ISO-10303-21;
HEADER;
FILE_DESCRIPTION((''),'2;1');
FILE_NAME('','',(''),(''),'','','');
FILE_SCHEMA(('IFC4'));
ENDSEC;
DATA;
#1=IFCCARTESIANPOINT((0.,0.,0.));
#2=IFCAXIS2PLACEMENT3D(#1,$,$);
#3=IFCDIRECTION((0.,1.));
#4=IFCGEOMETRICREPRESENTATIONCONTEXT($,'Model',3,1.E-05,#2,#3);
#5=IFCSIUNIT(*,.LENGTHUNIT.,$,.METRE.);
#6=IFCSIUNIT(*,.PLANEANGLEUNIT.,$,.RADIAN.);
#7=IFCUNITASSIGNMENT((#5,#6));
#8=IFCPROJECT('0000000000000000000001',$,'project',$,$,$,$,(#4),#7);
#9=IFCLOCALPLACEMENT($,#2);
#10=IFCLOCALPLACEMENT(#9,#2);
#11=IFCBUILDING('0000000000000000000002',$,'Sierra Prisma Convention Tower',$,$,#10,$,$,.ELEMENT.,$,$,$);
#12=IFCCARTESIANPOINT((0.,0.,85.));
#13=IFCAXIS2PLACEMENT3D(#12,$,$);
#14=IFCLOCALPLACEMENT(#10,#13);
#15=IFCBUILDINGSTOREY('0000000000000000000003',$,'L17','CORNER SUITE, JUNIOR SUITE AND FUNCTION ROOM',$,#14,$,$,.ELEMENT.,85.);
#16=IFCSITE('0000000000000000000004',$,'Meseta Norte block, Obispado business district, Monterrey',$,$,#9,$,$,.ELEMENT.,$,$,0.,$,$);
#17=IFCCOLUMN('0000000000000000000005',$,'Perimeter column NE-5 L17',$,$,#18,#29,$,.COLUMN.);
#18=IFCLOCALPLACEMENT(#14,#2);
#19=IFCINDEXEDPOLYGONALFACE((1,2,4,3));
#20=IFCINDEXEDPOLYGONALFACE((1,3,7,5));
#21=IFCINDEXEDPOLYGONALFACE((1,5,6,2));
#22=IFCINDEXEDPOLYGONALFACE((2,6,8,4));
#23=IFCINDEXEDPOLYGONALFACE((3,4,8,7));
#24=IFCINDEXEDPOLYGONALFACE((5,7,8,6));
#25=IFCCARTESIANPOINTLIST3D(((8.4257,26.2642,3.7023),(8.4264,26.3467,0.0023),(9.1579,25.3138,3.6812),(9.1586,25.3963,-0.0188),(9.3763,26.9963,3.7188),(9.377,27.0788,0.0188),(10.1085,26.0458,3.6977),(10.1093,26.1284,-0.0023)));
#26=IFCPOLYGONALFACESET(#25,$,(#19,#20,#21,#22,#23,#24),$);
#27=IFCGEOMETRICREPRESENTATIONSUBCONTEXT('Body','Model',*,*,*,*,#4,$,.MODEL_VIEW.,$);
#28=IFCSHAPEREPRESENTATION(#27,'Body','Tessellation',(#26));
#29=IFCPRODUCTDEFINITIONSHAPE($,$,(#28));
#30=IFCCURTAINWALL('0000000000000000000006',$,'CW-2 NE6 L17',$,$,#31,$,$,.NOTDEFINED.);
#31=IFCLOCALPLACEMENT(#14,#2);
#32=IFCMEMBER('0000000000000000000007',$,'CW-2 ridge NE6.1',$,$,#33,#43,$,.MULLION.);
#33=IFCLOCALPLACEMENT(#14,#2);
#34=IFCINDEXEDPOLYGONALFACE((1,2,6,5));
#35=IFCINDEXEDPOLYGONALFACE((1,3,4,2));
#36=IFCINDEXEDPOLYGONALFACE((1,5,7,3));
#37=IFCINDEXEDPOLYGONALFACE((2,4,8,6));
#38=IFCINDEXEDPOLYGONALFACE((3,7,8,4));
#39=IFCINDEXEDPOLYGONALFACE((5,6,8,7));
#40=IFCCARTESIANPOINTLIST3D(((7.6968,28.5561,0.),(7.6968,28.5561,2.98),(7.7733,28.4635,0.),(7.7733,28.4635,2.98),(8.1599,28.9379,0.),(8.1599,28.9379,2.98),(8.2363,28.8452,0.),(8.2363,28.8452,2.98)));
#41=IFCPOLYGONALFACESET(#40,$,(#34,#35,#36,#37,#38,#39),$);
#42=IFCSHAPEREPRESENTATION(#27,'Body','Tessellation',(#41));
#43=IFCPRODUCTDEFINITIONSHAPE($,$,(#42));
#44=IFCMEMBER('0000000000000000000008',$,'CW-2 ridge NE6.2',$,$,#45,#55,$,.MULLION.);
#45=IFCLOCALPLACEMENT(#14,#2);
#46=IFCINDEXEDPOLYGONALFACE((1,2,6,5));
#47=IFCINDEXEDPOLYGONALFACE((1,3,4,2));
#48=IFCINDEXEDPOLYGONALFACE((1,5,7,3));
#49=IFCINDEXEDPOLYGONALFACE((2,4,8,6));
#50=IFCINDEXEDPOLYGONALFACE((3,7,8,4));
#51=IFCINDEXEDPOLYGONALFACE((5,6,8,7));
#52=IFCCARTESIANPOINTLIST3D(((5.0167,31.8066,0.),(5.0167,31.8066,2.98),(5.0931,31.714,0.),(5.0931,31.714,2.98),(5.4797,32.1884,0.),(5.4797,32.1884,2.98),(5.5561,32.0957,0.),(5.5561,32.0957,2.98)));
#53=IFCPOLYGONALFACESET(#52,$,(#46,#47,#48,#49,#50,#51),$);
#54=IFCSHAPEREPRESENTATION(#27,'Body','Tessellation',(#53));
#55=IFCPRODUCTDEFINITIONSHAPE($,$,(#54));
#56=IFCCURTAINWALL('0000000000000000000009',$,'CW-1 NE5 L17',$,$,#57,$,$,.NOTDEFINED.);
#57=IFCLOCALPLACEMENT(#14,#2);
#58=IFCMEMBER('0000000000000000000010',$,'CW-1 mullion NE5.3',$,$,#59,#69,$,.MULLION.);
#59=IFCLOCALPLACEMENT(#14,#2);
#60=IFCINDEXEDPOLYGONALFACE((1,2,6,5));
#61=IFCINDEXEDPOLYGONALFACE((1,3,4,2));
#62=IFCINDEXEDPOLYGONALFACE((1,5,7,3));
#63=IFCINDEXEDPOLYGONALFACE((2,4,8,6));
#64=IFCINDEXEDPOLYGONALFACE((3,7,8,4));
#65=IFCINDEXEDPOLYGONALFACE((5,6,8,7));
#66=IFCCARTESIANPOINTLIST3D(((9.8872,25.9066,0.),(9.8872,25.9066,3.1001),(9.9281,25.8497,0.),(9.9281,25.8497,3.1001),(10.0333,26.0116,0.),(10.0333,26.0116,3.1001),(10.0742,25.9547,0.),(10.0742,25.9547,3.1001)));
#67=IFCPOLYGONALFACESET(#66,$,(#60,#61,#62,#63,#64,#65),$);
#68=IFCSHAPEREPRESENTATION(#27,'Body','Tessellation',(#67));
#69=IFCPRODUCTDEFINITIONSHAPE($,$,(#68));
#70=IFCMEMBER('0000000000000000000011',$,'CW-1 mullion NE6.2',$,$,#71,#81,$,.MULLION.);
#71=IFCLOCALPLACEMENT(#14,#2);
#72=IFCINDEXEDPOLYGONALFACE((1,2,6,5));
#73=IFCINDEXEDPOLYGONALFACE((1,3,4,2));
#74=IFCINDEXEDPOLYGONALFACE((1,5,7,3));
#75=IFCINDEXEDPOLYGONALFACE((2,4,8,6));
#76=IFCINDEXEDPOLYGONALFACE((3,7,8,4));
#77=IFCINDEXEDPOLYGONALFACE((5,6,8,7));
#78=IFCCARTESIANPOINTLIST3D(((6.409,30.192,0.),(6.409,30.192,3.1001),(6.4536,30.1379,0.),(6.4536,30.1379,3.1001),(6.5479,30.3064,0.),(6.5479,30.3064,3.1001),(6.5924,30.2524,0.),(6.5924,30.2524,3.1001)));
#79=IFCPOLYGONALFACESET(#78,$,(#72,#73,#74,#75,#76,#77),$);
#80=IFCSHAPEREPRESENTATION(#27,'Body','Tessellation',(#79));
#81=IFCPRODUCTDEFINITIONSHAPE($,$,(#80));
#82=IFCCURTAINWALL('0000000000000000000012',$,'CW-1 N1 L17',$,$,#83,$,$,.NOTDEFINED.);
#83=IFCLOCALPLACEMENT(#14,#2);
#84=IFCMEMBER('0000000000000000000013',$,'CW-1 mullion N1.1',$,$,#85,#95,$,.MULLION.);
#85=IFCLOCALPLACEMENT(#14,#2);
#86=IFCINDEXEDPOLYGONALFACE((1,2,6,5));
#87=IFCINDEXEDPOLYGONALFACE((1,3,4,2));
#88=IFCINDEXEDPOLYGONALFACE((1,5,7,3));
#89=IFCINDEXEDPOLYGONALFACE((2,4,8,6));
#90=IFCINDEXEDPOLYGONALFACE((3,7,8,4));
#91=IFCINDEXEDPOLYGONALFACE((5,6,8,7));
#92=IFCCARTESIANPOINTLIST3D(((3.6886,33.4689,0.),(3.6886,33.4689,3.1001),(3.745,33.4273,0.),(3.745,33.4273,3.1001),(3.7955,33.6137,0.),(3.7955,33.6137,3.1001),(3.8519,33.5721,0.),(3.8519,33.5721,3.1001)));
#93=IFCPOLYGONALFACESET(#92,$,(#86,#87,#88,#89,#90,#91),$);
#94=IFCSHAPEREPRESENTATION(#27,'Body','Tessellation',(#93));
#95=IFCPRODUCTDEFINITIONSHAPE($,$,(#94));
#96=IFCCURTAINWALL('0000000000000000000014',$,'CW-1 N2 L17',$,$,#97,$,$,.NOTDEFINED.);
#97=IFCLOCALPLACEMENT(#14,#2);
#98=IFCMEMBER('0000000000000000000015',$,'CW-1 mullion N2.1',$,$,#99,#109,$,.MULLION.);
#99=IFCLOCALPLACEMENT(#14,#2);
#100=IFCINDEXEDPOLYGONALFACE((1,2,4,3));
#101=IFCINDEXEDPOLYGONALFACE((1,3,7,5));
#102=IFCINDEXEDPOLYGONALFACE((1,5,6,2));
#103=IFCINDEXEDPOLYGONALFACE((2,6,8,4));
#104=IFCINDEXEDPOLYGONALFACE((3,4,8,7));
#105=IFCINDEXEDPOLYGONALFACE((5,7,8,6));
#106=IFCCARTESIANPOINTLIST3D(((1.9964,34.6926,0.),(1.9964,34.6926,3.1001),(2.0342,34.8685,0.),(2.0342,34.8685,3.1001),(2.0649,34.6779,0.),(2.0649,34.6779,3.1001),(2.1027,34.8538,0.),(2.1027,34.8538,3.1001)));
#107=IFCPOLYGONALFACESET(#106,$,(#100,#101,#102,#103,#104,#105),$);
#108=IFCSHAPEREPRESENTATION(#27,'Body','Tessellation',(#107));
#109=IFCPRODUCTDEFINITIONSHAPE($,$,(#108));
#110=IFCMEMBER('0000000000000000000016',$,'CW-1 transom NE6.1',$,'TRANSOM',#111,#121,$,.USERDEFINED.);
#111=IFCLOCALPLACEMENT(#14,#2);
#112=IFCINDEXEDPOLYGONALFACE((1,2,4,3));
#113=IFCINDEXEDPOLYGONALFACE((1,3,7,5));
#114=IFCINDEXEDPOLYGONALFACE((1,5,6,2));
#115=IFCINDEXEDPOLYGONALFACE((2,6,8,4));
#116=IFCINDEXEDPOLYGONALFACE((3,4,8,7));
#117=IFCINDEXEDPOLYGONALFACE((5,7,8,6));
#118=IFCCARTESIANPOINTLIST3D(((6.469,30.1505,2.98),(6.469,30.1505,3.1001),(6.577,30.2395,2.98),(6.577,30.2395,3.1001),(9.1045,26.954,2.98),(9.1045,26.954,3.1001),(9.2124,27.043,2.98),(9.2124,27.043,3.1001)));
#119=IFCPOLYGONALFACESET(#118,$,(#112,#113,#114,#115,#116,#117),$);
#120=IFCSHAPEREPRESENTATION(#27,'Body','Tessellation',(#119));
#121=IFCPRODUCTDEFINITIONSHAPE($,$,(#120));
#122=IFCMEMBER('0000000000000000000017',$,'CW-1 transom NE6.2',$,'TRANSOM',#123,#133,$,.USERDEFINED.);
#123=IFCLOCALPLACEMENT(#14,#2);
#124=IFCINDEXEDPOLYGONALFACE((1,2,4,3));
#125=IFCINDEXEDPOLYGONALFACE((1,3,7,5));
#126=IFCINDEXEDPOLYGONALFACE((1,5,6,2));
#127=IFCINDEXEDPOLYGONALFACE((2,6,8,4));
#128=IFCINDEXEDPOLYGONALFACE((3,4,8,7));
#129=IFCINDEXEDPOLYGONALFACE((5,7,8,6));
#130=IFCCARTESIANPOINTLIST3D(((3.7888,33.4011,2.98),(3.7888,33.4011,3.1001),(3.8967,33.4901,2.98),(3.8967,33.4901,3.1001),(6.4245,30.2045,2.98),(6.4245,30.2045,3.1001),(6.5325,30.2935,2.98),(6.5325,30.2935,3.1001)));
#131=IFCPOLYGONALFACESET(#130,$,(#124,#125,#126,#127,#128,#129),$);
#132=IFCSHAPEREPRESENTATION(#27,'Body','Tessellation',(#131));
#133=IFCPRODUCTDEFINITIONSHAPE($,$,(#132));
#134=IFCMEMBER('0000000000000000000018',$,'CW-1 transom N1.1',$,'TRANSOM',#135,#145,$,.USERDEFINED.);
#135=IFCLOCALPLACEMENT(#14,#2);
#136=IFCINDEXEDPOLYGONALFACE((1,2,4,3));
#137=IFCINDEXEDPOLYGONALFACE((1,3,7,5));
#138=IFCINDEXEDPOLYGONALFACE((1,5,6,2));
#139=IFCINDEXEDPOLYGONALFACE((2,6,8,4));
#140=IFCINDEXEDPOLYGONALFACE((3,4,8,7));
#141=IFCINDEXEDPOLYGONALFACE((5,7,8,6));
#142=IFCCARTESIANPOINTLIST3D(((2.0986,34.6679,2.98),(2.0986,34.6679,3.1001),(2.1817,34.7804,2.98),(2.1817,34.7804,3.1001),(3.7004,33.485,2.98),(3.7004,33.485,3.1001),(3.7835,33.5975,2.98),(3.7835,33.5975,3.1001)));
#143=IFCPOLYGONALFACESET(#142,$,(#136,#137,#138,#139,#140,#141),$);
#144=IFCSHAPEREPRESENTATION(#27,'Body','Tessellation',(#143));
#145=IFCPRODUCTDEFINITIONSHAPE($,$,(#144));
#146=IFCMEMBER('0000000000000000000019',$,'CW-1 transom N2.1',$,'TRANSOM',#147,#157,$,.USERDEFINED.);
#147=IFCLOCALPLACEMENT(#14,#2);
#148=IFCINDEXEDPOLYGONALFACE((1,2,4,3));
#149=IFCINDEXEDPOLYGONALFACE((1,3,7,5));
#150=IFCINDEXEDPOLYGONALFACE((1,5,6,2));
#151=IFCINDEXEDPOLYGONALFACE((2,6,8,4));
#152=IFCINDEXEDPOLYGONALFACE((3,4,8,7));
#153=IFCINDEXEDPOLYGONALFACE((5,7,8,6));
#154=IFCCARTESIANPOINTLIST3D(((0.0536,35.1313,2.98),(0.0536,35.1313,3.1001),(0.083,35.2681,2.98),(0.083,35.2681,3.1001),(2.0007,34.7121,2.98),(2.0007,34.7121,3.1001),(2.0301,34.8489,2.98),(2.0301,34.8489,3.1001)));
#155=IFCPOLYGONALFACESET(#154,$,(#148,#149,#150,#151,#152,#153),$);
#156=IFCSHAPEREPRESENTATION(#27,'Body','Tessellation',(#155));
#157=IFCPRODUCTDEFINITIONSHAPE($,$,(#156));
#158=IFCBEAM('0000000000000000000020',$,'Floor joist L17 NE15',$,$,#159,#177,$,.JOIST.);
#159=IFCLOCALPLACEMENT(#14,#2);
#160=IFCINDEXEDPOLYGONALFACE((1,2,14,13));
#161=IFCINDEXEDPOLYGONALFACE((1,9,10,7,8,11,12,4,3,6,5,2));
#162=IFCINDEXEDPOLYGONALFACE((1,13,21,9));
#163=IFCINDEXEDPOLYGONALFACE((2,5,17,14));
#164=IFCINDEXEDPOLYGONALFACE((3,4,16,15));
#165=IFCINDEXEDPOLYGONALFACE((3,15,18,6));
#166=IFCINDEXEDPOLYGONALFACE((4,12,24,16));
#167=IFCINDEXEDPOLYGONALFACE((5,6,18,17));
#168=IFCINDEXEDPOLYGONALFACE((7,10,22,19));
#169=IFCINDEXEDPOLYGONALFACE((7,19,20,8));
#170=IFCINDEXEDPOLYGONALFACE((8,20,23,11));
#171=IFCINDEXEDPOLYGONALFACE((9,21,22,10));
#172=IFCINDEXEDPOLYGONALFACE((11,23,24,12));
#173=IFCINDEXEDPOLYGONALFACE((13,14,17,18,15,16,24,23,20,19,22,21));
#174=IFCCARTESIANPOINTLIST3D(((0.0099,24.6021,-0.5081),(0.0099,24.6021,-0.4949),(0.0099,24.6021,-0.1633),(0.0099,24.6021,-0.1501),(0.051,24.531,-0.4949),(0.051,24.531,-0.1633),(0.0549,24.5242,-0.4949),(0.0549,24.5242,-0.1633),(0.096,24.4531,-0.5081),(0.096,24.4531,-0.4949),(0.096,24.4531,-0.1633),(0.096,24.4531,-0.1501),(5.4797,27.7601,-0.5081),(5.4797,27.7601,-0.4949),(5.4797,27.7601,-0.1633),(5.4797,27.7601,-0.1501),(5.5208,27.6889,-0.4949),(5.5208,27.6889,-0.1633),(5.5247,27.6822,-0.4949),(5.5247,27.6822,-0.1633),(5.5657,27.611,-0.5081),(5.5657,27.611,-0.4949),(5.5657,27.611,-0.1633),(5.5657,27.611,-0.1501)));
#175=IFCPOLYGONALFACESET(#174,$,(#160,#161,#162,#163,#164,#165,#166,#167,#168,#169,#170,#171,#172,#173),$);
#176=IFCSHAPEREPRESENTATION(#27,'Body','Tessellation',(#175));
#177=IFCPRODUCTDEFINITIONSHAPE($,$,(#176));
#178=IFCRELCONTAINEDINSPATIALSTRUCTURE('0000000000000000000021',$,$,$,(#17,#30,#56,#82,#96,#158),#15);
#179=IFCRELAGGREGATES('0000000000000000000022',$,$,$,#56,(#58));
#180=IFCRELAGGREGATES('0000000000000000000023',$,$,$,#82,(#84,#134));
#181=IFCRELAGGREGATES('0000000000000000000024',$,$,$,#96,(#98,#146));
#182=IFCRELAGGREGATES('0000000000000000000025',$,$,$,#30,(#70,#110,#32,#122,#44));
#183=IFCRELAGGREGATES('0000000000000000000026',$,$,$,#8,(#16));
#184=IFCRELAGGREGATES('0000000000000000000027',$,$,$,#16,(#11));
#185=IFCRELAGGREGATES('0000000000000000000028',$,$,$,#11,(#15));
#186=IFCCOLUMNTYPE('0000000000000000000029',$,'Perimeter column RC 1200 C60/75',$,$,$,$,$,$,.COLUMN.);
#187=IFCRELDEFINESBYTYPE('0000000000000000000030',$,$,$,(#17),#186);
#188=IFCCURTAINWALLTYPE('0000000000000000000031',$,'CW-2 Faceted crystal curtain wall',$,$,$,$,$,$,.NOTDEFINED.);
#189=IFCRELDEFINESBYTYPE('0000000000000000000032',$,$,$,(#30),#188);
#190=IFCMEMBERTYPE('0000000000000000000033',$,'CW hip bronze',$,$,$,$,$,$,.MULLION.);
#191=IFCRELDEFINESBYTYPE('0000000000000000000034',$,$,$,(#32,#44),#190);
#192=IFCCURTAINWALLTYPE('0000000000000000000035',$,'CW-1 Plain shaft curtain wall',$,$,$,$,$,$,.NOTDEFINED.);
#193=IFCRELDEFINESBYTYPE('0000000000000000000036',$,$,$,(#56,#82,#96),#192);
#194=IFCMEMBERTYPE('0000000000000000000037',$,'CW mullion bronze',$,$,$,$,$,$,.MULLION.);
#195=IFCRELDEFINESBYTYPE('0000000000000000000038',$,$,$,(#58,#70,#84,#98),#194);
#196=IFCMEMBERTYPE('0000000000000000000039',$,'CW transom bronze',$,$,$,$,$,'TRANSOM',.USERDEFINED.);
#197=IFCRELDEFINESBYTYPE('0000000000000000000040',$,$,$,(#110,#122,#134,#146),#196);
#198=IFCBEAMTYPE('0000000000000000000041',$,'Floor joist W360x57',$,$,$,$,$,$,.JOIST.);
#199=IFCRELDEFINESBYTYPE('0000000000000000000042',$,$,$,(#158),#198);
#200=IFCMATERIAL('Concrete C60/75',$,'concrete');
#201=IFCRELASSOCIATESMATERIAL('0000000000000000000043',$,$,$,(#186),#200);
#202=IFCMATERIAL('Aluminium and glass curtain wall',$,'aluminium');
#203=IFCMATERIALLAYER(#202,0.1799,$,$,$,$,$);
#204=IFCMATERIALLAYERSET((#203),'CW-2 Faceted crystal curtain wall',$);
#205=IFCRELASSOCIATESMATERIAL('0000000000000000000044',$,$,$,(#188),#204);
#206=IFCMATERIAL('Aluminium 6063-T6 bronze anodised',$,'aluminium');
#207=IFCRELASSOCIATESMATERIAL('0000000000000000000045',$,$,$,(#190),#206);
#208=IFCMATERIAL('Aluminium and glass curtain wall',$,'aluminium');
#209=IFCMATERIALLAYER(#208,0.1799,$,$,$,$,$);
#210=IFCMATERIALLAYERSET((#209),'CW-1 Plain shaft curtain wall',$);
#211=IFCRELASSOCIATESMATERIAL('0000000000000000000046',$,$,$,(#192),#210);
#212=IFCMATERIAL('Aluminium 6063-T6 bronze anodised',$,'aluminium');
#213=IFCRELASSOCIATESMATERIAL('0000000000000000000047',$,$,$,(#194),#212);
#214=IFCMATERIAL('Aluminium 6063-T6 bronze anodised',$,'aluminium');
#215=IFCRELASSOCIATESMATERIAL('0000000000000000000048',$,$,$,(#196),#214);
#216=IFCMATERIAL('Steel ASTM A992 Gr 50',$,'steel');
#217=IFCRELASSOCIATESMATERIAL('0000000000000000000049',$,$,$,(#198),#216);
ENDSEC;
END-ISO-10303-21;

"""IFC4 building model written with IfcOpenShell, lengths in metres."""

from ifc_helpers import new_model, si_unit, direction, frame, origin, origin_2d, place, context, subcontext, project, spatial, rectangle, i_section, extrude, material, layer, layer_set, material_profile, profile_set, type_object, element, aggregate, save


model = new_model("IFC4")

# Units and contexts
model_context = context("Model", 3, precision=1e-05, world=origin(), true_north=direction((0.0, 1.0)))
body_context = subcontext(model_context, "Body", "Model", "MODEL_VIEW")
ifc_project = project(units=[si_unit("LENGTHUNIT", "METRE"), si_unit("PLANEANGLEUNIT", "RADIAN")], contexts=[model_context])

# Site, building, storey
site_placement = place(None, origin())
site = spatial("IfcSite", under=ifc_project, at=site_placement, Name="Meseta Norte block, Obispado business district, Monterrey", CompositionType="ELEMENT", RefElevation=0.0)
building_placement = place(site_placement, origin())
building = spatial("IfcBuilding", under=site, at=building_placement, Name="Sierra Prisma Convention Tower", CompositionType="ELEMENT")
storey_placement = place(building_placement, frame((0.0, 0.0, 85.0)))
storey = spatial("IfcBuildingStorey", under=building, at=storey_placement, Name="L17", Description="CORNER SUITE, JUNIOR SUITE AND FUNCTION ROOM", CompositionType="ELEMENT", Elevation=85.0)

# Column
ifc_material_1 = material(Name="Concrete C60/75", Category="concrete")
ifc_material_profile_1 = material_profile(ifc_material_1, rectangle(XDim=1.2, YDim=1.2, at=origin_2d()), Name="Perimeter column RC 1200 C60/75")
ifc_profile_set_1 = profile_set([ifc_material_profile_1], Name="Concrete C60/75")
column_type = type_object("IfcColumnType", Name="Perimeter column RC 1200 C60/75", PredefinedType="COLUMN", material=ifc_profile_set_1)
column_placement = place(storey_placement, frame((9.2678, 26.2375, 0.0), z_axis=(-0.000198, -0.022297, 0.999751), x_axis=(-0.61021, 0.792045, 0.017544)))
element("IfcColumn", 1, at=column_placement, inside=storey, type_object=column_type, Name="Perimeter column NE-5 L17", PredefinedType="COLUMN", context=body_context, shape_type="SweptSolid", body=[
    extrude(rectangle(XDim=1.2, YDim=1.2, at=origin_2d()), origin(), (0.0, 0.0, 1.0), 3.7009),
])

# Curtain wall, members
ifc_material_2 = material(Name="Aluminium and glass curtain wall", Category="aluminium")
ifc_layer_1 = layer(ifc_material_2, 0.1799)
ifc_layer_set_1 = layer_set([ifc_layer_1], Name="CW-2 Faceted crystal curtain wall")
curtain_wall_type_1 = type_object("IfcCurtainWallType", Name="CW-2 Faceted crystal curtain wall", PredefinedType="NOTDEFINED", material=ifc_layer_set_1)
curtain_wall_1_placement = place(storey_placement, origin())
curtain_wall_1 = element("IfcCurtainWall", 2, at=curtain_wall_1_placement, inside=storey, type_object=curtain_wall_type_1, Name="CW-2 NE6 L17", PredefinedType="NOTDEFINED")
ifc_material_3 = material(Name="Aluminium 6063-T6 bronze anodised", Category="aluminium")
ifc_material_profile_2 = material_profile(ifc_material_3, rectangle(XDim=0.1201, YDim=0.6001, at=origin_2d()), Name="ALU RIDGE BLADE 120x600")
ifc_profile_set_2 = profile_set([ifc_material_profile_2], Name="Aluminium 6063-T6 bronze anodised")
member_type_1 = type_object("IfcMemberType", Name="CW hip bronze", PredefinedType="MULLION", material=ifc_profile_set_2)
member_1_placement = place(storey_placement, frame((7.9666, 28.7007, 0.0), z_axis=(0.0, 0.0, 1.0), x_axis=(-0.636158, 0.771559, 0.0)))
member_1 = element("IfcMember", 3, at=member_1_placement, type_object=member_type_1, Name="CW-2 ridge NE6.1", PredefinedType="MULLION", context=body_context, shape_type="SweptSolid", body=[
    extrude(rectangle(XDim=0.1201, YDim=0.6001, at=origin_2d()), origin(), (0.0, 0.0, 1.0), 2.98),
])
member_2_placement = place(storey_placement, frame((5.2864, 31.9512, 0.0), z_axis=(0.0, 0.0, 1.0), x_axis=(-0.636158, 0.771559, 0.0)))
member_2 = element("IfcMember", 4, at=member_2_placement, type_object=member_type_1, Name="CW-2 ridge NE6.2", PredefinedType="MULLION", context=body_context, shape_type="SweptSolid", body=[
    extrude(rectangle(XDim=0.1201, YDim=0.6001, at=origin_2d()), origin(), (0.0, 0.0, 1.0), 2.98),
])

# Curtain wall, member
ifc_material_4 = material(Name="Aluminium and glass curtain wall", Category="aluminium")
ifc_layer_2 = layer(ifc_material_4, 0.1799)
ifc_layer_set_2 = layer_set([ifc_layer_2], Name="CW-1 Plain shaft curtain wall")
curtain_wall_type_2 = type_object("IfcCurtainWallType", Name="CW-1 Plain shaft curtain wall", PredefinedType="NOTDEFINED", material=ifc_layer_set_2)
curtain_wall_2_placement = place(storey_placement, origin())
curtain_wall_2 = element("IfcCurtainWall", 5, at=curtain_wall_2_placement, inside=storey, type_object=curtain_wall_type_2, Name="CW-1 NE5 L17", PredefinedType="NOTDEFINED")
ifc_material_5 = material(Name="Aluminium 6063-T6 bronze anodised", Category="aluminium")
ifc_material_profile_3 = material_profile(ifc_material_5, rectangle(XDim=0.1799, YDim=0.0701, at=origin_2d()), Name="ALU MULLION 70x180")
ifc_profile_set_3 = profile_set([ifc_material_profile_3], Name="Aluminium 6063-T6 bronze anodised")
member_type_2 = type_object("IfcMemberType", Name="CW mullion bronze", PredefinedType="MULLION", material=ifc_profile_set_3)
member_3_placement = place(storey_placement, frame((9.9807, 25.9307, 0.0), z_axis=(0.0, 0.0, 1.0), x_axis=(-0.812047, -0.583591, 0.0)))
member_3 = element("IfcMember", 6, at=member_3_placement, type_object=member_type_2, Name="CW-1 mullion NE5.3", PredefinedType="MULLION", context=body_context, shape_type="SweptSolid", body=[
    extrude(rectangle(XDim=0.1799, YDim=0.0701, at=origin_2d()), origin(), (0.0, 0.0, 1.0), 3.1001),
])

# Member
member_4_placement = place(storey_placement, frame((6.5007, 30.2222, 0.0), z_axis=(0.0, 0.0, 1.0), x_axis=(-0.771559, -0.636158, 0.0)))
member_4 = element("IfcMember", 7, at=member_4_placement, type_object=member_type_2, Name="CW-1 mullion NE6.2", PredefinedType="MULLION", context=body_context, shape_type="SweptSolid", body=[
    extrude(rectangle(XDim=0.1799, YDim=0.0701, at=origin_2d()), origin(), (0.0, 0.0, 1.0), 3.1001),
])

# Curtain walls, members
curtain_wall_3_placement = place(storey_placement, origin())
curtain_wall_3 = element("IfcCurtainWall", 8, at=curtain_wall_3_placement, inside=storey, type_object=curtain_wall_type_2, Name="CW-1 N1 L17", PredefinedType="NOTDEFINED")
member_5_placement = place(storey_placement, frame((3.7703, 33.5205, 0.0), z_axis=(0.0, 0.0, 1.0), x_axis=(-0.594046, -0.804431, 0.0)))
member_5 = element("IfcMember", 9, at=member_5_placement, type_object=member_type_2, Name="CW-1 mullion N1.1", PredefinedType="MULLION", context=body_context, shape_type="SweptSolid", body=[
    extrude(rectangle(XDim=0.1799, YDim=0.0701, at=origin_2d()), origin(), (0.0, 0.0, 1.0), 3.1001),
])
curtain_wall_4_placement = place(storey_placement, origin())
curtain_wall_4 = element("IfcCurtainWall", 10, at=curtain_wall_4_placement, inside=storey, type_object=curtain_wall_type_2, Name="CW-1 N2 L17", PredefinedType="NOTDEFINED")
member_6_placement = place(storey_placement, frame((2.0496, 34.7732, 0.0), z_axis=(0.0, 0.0, 1.0), x_axis=(-0.210442, -0.977606, 0.0)))
member_6 = element("IfcMember", 11, at=member_6_placement, type_object=member_type_2, Name="CW-1 mullion N2.1", PredefinedType="MULLION", context=body_context, shape_type="SweptSolid", body=[
    extrude(rectangle(XDim=0.1799, YDim=0.0701, at=origin_2d()), origin(), (0.0, 0.0, 1.0), 3.1001),
])

# Members
ifc_material_6 = material(Name="Aluminium 6063-T6 bronze anodised", Category="aluminium")
ifc_material_profile_4 = material_profile(ifc_material_6, rectangle(XDim=0.1399, YDim=0.1201, at=origin_2d()), Name="ALU TRANSOM 120x140")
ifc_profile_set_4 = profile_set([ifc_material_profile_4], Name="Aluminium 6063-T6 bronze anodised")
member_type_3 = type_object("IfcMemberType", Name="CW transom bronze", ElementType="TRANSOM", PredefinedType="USERDEFINED", material=ifc_profile_set_4)
member_7_placement = place(storey_placement, frame((9.1584, 26.9985, 3.04), z_axis=(-0.636147, 0.771568, 0.0), x_axis=(-0.771568, -0.636147, 0.0)))
member_7 = element("IfcMember", 12, at=member_7_placement, type_object=member_type_3, Name="CW-1 transom NE6.1", ObjectType="TRANSOM", PredefinedType="USERDEFINED", context=body_context, shape_type="SweptSolid", body=[
    extrude(rectangle(XDim=0.1399, YDim=0.1201, at=origin_2d()), origin(), (0.0, 0.0, 1.0), 4.1428),
])
member_8_placement = place(storey_placement, frame((6.4785, 30.249, 3.04), z_axis=(-0.636182, 0.771539, 0.0), x_axis=(-0.771539, -0.636182, 0.0)))
member_8 = element("IfcMember", 13, at=member_8_placement, type_object=member_type_3, Name="CW-1 transom NE6.2", ObjectType="TRANSOM", PredefinedType="USERDEFINED", context=body_context, shape_type="SweptSolid", body=[
    extrude(rectangle(XDim=0.1399, YDim=0.1201, at=origin_2d()), origin(), (0.0, 0.0, 1.0), 4.1431),
])
member_9_placement = place(storey_placement, frame((3.7419, 33.5413, 3.04), z_axis=(-0.804436, 0.594039, 0.0), x_axis=(-0.594039, -0.804436, 0.0)))
member_9 = element("IfcMember", 14, at=member_9_placement, type_object=member_type_3, Name="CW-1 transom N1.1", ObjectType="TRANSOM", PredefinedType="USERDEFINED", context=body_context, shape_type="SweptSolid", body=[
    extrude(rectangle(XDim=0.1399, YDim=0.1201, at=origin_2d()), origin(), (0.0, 0.0, 1.0), 1.9912),
])
member_10_placement = place(storey_placement, frame((2.0154, 34.7805, 3.04), z_axis=(-0.977599, 0.210475, 0.0), x_axis=(-0.210475, -0.977599, 0.0)))
member_10 = element("IfcMember", 15, at=member_10_placement, type_object=member_type_3, Name="CW-1 transom N2.1", ObjectType="TRANSOM", PredefinedType="USERDEFINED", context=body_context, shape_type="SweptSolid", body=[
    extrude(rectangle(XDim=0.1399, YDim=0.1201, at=origin_2d()), origin(), (0.0, 0.0, 1.0), 1.9917),
])

# Beam
ifc_material_7 = material(Name="Steel ASTM A992 Gr 50", Category="steel")
ifc_material_profile_5 = material_profile(ifc_material_7, i_section(OverallWidth=0.1721, OverallDepth=0.3579, WebThickness=0.0078, FlangeThickness=0.0132, at=origin_2d()), Name="W360x57")
ifc_profile_set_5 = profile_set([ifc_material_profile_5], Name="Steel ASTM A992 Gr 50")
beam_type_1 = type_object("IfcBeamType", Name="Floor joist W360x57", PredefinedType="JOIST", material=ifc_profile_set_5)
beam_1_placement = place(storey_placement, frame((5.5227, 27.6855, -0.3291), z_axis=(-0.866025, -0.500001, 0.0), x_axis=(0.500001, -0.866025, 0.0)))
element("IfcBeam", 16, at=beam_1_placement, inside=storey, type_object=beam_type_1, Name="Floor joist L17 NE15", PredefinedType="JOIST", context=body_context, shape_type="SweptSolid", body=[
    extrude(i_section(OverallWidth=0.1721, OverallDepth=0.3579, WebThickness=0.0078, FlangeThickness=0.0132, at=origin_2d()), origin(), (0.0, 0.0, 1.0), 6.3159),
])

aggregate(curtain_wall_2, [member_3])
aggregate(curtain_wall_3, [member_5, member_9])
aggregate(curtain_wall_4, [member_6, member_10])
aggregate(curtain_wall_1, [member_4, member_7, member_1, member_8, member_2])

save(model, "model.ifc")
